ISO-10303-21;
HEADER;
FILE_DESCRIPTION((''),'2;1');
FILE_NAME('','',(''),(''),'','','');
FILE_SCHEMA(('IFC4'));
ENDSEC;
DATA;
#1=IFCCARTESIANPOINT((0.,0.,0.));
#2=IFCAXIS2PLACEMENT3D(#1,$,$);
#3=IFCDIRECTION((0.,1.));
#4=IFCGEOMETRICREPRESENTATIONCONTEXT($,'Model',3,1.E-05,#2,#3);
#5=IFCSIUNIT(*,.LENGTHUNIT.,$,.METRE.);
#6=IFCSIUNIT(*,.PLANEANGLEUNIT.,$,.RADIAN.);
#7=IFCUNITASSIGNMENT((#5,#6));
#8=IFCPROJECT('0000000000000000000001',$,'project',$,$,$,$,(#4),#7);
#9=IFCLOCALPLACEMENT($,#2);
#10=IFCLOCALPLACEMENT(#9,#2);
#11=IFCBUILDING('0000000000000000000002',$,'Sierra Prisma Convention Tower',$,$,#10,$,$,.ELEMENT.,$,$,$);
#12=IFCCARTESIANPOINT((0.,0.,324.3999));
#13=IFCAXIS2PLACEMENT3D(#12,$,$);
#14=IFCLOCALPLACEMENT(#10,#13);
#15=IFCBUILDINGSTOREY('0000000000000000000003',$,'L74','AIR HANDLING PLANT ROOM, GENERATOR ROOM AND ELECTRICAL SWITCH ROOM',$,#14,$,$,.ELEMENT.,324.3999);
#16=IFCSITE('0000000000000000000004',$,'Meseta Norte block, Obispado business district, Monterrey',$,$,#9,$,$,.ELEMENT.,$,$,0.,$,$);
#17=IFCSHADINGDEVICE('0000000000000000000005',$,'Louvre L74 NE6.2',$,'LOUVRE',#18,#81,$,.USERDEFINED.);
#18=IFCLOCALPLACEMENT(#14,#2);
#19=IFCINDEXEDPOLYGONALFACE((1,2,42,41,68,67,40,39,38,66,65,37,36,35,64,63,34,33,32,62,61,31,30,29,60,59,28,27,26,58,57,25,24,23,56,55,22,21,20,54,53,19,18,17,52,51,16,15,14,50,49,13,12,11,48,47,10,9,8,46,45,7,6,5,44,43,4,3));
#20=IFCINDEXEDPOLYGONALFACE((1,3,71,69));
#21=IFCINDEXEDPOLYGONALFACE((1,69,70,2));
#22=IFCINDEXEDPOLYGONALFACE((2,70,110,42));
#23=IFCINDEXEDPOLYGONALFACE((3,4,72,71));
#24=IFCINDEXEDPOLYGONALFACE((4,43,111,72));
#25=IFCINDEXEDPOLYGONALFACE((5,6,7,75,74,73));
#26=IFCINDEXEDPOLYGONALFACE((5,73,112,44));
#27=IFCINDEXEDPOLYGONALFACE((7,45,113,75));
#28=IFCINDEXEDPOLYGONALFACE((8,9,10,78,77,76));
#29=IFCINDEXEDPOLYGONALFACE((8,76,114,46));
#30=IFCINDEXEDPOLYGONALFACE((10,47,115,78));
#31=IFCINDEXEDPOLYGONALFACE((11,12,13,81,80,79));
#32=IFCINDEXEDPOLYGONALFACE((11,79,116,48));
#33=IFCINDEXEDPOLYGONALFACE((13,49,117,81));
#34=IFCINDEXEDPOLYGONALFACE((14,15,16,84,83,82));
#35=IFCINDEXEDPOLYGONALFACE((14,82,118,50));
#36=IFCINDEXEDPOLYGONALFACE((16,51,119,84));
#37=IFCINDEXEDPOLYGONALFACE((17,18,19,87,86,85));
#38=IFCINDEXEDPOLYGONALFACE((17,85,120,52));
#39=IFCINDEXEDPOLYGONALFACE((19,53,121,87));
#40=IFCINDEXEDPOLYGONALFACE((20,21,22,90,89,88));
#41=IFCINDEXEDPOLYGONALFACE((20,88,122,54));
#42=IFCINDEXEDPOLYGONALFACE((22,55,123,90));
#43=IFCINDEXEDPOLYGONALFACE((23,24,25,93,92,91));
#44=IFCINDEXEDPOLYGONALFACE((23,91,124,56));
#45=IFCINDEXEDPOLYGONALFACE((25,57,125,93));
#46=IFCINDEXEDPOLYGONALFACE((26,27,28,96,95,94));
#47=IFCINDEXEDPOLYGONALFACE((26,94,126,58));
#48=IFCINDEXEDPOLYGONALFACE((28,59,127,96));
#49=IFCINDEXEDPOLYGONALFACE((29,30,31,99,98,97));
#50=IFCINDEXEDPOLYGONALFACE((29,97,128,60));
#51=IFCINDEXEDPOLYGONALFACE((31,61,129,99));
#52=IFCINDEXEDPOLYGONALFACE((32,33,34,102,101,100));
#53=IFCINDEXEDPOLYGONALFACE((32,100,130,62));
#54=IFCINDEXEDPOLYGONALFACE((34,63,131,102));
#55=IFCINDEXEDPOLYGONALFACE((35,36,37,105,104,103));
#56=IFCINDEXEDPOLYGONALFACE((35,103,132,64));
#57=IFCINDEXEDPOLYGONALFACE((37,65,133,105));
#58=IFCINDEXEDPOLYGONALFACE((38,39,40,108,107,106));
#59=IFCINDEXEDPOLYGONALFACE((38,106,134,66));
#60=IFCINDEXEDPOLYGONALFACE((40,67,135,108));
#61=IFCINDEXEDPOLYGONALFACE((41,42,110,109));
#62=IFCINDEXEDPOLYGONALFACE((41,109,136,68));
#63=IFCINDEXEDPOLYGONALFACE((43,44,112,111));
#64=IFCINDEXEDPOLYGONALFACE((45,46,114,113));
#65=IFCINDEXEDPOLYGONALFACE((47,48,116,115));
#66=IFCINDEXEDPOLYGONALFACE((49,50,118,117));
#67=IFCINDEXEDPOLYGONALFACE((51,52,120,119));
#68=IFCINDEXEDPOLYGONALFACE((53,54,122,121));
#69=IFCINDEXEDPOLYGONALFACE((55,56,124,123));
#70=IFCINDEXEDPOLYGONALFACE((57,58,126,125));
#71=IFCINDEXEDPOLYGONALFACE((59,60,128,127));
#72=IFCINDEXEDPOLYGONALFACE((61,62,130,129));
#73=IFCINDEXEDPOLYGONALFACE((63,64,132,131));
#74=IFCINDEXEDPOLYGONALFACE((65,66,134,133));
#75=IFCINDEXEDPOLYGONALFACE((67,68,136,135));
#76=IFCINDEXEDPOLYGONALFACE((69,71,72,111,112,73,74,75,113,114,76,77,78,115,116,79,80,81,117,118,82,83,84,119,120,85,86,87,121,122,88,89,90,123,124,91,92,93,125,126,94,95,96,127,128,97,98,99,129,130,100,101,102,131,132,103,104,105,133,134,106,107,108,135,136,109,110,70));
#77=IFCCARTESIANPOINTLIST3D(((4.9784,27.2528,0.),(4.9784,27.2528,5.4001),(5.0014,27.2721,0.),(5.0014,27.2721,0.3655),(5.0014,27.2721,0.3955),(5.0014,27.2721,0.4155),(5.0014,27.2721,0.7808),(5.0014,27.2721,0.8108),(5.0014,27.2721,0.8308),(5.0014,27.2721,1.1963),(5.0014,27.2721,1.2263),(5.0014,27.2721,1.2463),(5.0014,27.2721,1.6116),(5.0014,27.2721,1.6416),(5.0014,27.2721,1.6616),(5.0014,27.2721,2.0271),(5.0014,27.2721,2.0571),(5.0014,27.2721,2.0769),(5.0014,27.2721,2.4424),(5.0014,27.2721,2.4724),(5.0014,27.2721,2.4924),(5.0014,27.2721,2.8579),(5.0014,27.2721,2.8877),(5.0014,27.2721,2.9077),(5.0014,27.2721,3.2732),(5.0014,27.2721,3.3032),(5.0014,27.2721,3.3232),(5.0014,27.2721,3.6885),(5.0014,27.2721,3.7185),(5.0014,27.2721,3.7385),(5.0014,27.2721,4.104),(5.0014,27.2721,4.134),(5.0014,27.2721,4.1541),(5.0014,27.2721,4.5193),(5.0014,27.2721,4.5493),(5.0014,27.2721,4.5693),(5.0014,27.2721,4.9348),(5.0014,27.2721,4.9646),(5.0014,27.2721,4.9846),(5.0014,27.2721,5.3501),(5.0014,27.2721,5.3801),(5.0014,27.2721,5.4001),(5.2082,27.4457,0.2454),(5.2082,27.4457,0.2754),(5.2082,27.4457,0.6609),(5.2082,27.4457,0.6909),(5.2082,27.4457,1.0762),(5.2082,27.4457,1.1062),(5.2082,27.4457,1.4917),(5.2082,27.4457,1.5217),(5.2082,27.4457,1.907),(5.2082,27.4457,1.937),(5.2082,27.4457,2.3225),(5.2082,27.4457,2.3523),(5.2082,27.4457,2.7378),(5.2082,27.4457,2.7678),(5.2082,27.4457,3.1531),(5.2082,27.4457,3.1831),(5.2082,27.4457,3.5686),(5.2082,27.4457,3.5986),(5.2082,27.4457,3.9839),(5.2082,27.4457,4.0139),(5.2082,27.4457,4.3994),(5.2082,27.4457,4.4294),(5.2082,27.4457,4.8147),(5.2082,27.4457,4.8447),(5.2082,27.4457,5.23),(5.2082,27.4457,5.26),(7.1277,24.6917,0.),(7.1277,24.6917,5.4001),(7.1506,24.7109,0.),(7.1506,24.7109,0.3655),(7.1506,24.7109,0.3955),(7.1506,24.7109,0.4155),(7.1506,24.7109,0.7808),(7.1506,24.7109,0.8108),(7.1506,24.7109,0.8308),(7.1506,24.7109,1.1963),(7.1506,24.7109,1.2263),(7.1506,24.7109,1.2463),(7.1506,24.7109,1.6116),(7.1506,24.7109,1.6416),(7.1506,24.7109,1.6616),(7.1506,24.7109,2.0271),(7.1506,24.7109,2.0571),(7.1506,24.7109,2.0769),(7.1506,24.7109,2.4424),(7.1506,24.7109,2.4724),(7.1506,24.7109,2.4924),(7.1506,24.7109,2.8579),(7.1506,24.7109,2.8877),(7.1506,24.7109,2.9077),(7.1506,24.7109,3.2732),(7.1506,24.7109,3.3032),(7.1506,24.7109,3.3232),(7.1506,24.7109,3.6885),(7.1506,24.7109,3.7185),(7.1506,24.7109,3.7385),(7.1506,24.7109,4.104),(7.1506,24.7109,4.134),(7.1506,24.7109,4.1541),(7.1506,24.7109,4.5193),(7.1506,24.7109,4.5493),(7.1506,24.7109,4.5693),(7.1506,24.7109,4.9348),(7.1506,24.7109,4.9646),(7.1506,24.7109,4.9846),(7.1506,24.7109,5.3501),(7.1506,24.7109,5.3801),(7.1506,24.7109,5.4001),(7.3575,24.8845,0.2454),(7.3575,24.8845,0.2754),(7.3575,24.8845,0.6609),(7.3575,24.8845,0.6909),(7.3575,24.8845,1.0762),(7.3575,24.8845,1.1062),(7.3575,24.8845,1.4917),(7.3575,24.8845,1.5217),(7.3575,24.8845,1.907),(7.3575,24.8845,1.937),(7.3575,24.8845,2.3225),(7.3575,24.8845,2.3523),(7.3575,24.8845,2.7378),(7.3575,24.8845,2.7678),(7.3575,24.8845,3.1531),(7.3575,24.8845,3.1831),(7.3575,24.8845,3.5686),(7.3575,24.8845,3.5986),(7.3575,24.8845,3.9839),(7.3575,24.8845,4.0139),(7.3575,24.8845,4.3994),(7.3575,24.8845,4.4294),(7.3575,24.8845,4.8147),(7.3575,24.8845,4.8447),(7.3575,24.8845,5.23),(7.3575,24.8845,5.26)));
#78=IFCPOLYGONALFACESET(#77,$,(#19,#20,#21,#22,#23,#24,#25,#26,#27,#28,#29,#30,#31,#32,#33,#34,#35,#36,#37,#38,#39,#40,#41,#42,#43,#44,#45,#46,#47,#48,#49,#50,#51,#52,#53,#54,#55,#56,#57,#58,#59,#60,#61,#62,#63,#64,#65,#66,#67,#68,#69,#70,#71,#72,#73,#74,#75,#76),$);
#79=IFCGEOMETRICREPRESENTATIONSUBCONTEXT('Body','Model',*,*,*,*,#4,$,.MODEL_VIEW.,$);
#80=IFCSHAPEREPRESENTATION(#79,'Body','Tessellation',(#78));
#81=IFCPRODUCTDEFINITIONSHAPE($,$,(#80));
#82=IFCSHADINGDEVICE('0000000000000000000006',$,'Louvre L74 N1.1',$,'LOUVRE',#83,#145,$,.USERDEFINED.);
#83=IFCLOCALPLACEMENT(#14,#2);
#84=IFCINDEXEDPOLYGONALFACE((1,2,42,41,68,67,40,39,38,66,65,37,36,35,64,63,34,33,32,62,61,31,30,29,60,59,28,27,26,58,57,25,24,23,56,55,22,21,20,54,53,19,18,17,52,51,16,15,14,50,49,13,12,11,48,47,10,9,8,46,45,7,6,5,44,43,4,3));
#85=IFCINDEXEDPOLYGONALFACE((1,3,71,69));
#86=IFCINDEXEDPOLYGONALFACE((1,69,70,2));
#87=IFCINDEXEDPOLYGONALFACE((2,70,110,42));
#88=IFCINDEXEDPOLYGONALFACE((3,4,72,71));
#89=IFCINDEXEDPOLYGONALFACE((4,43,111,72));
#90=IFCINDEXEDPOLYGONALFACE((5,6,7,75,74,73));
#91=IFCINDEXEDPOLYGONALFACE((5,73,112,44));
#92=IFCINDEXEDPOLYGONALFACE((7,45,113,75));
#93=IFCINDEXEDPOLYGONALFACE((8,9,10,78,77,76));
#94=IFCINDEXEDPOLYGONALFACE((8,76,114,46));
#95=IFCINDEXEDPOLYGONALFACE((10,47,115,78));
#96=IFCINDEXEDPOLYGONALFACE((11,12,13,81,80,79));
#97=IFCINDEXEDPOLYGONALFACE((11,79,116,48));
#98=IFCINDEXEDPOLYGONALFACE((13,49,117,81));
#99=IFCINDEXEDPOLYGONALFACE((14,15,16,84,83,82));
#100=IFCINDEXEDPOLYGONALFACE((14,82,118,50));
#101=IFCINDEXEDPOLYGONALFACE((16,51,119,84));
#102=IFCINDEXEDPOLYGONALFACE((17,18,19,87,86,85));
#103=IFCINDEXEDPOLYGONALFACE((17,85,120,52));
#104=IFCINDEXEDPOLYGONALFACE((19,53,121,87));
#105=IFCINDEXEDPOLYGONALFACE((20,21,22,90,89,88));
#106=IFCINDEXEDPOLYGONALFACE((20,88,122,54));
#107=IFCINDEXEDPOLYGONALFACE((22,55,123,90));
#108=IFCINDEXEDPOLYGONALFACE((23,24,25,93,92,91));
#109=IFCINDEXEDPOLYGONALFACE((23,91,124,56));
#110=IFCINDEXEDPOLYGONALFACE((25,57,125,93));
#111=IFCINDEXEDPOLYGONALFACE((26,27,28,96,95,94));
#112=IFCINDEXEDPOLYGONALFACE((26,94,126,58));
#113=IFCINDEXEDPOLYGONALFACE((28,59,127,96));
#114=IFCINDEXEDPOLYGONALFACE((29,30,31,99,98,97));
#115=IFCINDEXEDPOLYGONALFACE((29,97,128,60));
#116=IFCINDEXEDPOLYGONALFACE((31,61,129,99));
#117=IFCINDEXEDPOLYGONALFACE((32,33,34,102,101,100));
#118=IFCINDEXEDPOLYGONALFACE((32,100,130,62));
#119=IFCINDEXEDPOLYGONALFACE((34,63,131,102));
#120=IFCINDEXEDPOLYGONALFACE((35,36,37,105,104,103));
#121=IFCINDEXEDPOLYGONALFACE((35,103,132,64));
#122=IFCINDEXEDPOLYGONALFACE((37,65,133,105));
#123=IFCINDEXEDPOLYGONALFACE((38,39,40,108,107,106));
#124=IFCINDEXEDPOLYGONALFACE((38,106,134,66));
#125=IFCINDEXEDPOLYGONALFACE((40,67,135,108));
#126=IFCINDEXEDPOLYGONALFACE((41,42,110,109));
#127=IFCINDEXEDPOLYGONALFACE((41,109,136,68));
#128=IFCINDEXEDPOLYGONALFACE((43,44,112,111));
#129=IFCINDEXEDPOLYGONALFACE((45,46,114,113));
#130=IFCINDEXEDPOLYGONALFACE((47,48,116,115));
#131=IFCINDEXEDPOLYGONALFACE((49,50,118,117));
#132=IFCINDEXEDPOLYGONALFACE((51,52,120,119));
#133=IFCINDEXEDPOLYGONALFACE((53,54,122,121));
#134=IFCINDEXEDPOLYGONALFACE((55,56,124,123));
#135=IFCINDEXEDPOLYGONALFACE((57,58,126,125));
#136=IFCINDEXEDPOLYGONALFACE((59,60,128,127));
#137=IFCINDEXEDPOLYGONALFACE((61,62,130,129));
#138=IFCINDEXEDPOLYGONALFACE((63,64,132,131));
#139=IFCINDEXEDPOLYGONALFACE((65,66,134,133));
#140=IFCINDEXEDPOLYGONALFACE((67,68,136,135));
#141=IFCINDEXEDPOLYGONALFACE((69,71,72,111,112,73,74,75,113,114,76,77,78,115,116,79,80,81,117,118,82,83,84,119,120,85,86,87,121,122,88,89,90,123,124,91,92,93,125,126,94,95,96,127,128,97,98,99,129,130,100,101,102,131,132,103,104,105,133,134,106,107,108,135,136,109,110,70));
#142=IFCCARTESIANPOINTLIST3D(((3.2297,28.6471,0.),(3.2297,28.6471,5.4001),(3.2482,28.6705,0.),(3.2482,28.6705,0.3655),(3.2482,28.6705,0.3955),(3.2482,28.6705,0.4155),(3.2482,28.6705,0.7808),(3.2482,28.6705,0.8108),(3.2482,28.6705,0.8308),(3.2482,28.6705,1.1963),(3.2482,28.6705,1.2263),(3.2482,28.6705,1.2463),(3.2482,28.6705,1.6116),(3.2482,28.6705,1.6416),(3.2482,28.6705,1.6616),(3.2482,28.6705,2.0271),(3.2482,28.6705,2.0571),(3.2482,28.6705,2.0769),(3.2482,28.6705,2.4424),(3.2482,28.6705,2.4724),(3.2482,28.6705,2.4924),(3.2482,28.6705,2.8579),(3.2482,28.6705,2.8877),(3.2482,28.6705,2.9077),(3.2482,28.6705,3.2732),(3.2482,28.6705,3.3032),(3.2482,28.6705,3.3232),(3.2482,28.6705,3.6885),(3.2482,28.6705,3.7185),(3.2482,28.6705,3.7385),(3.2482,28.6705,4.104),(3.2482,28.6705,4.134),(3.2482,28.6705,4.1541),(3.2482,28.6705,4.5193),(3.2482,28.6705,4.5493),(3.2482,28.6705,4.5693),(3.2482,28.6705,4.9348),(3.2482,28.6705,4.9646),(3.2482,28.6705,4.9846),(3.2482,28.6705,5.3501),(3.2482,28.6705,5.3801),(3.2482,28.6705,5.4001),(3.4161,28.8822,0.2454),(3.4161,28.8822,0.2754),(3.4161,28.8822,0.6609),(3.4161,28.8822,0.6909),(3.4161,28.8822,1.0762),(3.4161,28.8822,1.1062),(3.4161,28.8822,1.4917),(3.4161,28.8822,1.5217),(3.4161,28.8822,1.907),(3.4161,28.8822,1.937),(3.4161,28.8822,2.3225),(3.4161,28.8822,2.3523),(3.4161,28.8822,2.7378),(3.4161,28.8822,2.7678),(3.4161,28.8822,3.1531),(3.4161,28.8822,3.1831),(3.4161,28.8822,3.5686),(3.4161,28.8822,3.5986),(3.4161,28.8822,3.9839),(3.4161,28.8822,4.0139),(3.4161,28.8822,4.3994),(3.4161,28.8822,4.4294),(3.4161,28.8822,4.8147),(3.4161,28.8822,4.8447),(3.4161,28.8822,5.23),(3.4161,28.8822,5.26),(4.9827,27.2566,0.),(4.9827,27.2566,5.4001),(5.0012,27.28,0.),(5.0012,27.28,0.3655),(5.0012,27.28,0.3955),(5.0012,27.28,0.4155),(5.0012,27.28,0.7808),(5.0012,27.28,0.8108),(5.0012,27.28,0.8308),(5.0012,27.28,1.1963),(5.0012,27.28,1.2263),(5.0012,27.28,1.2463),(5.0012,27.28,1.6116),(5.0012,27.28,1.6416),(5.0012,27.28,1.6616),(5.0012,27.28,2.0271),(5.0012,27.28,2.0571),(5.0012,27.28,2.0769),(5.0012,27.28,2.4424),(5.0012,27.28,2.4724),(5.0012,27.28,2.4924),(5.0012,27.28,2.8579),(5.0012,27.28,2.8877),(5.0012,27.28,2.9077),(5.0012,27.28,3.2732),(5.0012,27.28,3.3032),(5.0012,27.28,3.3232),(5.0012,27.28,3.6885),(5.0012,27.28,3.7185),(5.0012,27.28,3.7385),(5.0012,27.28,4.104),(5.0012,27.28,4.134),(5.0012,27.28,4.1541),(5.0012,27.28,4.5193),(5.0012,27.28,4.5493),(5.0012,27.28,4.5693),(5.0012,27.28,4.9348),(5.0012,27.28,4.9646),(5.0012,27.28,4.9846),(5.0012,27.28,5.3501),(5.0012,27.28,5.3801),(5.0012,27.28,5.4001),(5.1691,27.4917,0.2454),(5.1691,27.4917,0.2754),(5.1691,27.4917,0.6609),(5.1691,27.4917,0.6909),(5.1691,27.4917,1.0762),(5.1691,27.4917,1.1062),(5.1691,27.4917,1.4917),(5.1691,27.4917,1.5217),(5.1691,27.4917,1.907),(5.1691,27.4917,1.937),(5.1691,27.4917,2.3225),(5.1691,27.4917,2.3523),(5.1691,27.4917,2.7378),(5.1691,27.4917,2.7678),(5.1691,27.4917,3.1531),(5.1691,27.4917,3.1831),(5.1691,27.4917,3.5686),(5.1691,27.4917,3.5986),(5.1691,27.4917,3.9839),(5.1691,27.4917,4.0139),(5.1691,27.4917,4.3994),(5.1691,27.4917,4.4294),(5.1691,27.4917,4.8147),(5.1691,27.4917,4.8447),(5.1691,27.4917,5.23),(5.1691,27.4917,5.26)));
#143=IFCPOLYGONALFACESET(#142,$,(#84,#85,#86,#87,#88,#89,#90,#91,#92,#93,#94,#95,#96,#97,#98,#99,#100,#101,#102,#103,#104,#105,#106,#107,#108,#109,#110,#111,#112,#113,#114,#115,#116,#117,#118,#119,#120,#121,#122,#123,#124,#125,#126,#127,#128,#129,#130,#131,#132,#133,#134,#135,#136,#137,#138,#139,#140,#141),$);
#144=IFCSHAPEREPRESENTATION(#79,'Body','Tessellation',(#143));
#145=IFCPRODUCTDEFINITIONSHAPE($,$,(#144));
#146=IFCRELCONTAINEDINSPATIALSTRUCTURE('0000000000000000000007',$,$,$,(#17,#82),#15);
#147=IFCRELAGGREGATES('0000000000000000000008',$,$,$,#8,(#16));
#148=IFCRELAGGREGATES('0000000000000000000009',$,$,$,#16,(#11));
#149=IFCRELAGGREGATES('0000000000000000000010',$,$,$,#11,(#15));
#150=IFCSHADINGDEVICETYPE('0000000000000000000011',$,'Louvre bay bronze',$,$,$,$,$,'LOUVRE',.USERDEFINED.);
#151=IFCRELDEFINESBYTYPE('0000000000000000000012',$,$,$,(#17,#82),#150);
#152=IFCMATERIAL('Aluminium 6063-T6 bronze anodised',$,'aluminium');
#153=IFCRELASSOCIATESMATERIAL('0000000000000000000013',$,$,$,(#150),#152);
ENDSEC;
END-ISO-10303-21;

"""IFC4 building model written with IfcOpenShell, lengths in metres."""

from ifc_helpers import new_model, si_unit, direction, frame, origin, place, context, subcontext, project, spatial, polyline, outline, extrude, material, type_object, element, save


model = new_model("IFC4")

# Units and contexts
model_context = context("Model", 3, precision=1e-05, world=origin(), true_north=direction((0.0, 1.0)))
body_context = subcontext(model_context, "Body", "Model", "MODEL_VIEW")
ifc_project = project(units=[si_unit("LENGTHUNIT", "METRE"), si_unit("PLANEANGLEUNIT", "RADIAN")], contexts=[model_context])

# Site, building, storey
site_placement = place(None, origin())
site = spatial("IfcSite", under=ifc_project, at=site_placement, Name="Meseta Norte block, Obispado business district, Monterrey", CompositionType="ELEMENT", RefElevation=0.0)
building_placement = place(site_placement, origin())
building = spatial("IfcBuilding", under=site, at=building_placement, Name="Sierra Prisma Convention Tower", CompositionType="ELEMENT")
storey_placement = place(building_placement, frame((0.0, 0.0, 324.3999)))
storey = spatial("IfcBuildingStorey", under=building, at=storey_placement, Name="L74", Description="AIR HANDLING PLANT ROOM, GENERATOR ROOM AND ELECTRICAL SWITCH ROOM", CompositionType="ELEMENT", Elevation=324.3999)

# Shading devices
ifc_material_1 = material(Name="Aluminium 6063-T6 bronze anodised", Category="aluminium")
shading_device_type = type_object("IfcShadingDeviceType", Name="Louvre bay bronze", ElementType="LOUVRE", PredefinedType="USERDEFINED", material=ifc_material_1)
shading_device_1_placement = place(storey_placement, frame((7.1277, 24.6917, 0.0), z_axis=(0.642823, -0.766015, 0.0), x_axis=(0.0, 0.0, 1.0)))
element("IfcShadingDevice", 1, at=shading_device_1_placement, inside=storey, type_object=shading_device_type, Name="Louvre L74 NE6.2", ObjectType="LOUVRE", PredefinedType="USERDEFINED", context=body_context, shape_type="SweptSolid", body=[
    extrude(outline(polyline([(0.0, 0.0), (5.4001, 0.0), (5.4001, -0.03), (5.3801, -0.03), (5.26, -0.3), (5.23, -0.3), (5.3501, -0.03), (4.9846, -0.03), (4.9646, -0.03), (4.8447, -0.3), (4.8147, -0.3), (4.9348, -0.03), (4.5693, -0.03), (4.5493, -0.03), (4.4294, -0.3), (4.3994, -0.3), (4.5193, -0.03), (4.1541, -0.03), (4.134, -0.03), (4.0139, -0.3), (3.9839, -0.3), (4.104, -0.03), (3.7385, -0.03), (3.7185, -0.03), (3.5986, -0.3), (3.5686, -0.3), (3.6885, -0.03), (3.3232, -0.03), (3.3032, -0.03), (3.1831, -0.3), (3.1531, -0.3), (3.2732, -0.03), (2.9077, -0.03), (2.8877, -0.03), (2.7678, -0.3), (2.7378, -0.3), (2.8579, -0.03), (2.4924, -0.03), (2.4724, -0.03), (2.3523, -0.3), (2.3225, -0.3), (2.4424, -0.03), (2.0769, -0.03), (2.0571, -0.03), (1.937, -0.3), (1.907, -0.3), (2.0271, -0.03), (1.6616, -0.03), (1.6416, -0.03), (1.5217, -0.3), (1.4917, -0.3), (1.6116, -0.03), (1.2463, -0.03), (1.2263, -0.03), (1.1062, -0.3), (1.0762, -0.3), (1.1963, -0.03), (0.8308, -0.03), (0.8108, -0.03), (0.6909, -0.3), (0.6609, -0.3), (0.7808, -0.03), (0.4155, -0.03), (0.3955, -0.03), (0.2754, -0.3), (0.2454, -0.3), (0.3655, -0.03), (0.0, -0.03), (0.0, 0.0)])), origin(), (0.0, 0.0, -1.0), 3.3435),
])
shading_device_2_placement = place(storey_placement, frame((4.9827, 27.2566, 0.0), z_axis=(0.783452, -0.621452, 0.0), x_axis=(0.0, 0.0, 1.0)))
element("IfcShadingDevice", 2, at=shading_device_2_placement, inside=storey, type_object=shading_device_type, Name="Louvre L74 N1.1", ObjectType="LOUVRE", PredefinedType="USERDEFINED", context=body_context, shape_type="SweptSolid", body=[
    extrude(outline(polyline([(0.0, 0.0), (5.4001, 0.0), (5.4001, -0.0299), (5.3801, -0.0299), (5.26, -0.3001), (5.23, -0.3001), (5.3501, -0.0299), (4.9846, -0.0299), (4.9646, -0.0299), (4.8447, -0.3001), (4.8147, -0.3001), (4.9348, -0.0299), (4.5693, -0.0299), (4.5493, -0.0299), (4.4294, -0.3001), (4.3994, -0.3001), (4.5193, -0.0299), (4.1541, -0.0299), (4.134, -0.0299), (4.0139, -0.3001), (3.9839, -0.3001), (4.104, -0.0299), (3.7385, -0.0299), (3.7185, -0.0299), (3.5986, -0.3001), (3.5686, -0.3001), (3.6885, -0.0299), (3.3232, -0.0299), (3.3032, -0.0299), (3.1831, -0.3001), (3.1531, -0.3001), (3.2732, -0.0299), (2.9077, -0.0299), (2.8877, -0.0299), (2.7678, -0.3001), (2.7378, -0.3001), (2.8579, -0.0299), (2.4924, -0.0299), (2.4724, -0.0299), (2.3523, -0.3001), (2.3225, -0.3001), (2.4424, -0.0299), (2.0769, -0.0299), (2.0571, -0.0299), (1.937, -0.3001), (1.907, -0.3001), (2.0271, -0.0299), (1.6616, -0.0299), (1.6416, -0.0299), (1.5217, -0.3001), (1.4917, -0.3001), (1.6116, -0.0299), (1.2463, -0.0299), (1.2263, -0.0299), (1.1062, -0.3001), (1.0762, -0.3001), (1.1963, -0.0299), (0.8308, -0.0299), (0.8108, -0.0299), (0.6909, -0.3001), (0.6609, -0.3001), (0.7808, -0.0299), (0.4155, -0.0299), (0.3955, -0.0299), (0.2754, -0.3001), (0.2454, -0.3001), (0.3655, -0.0299), (0.0, -0.0299), (0.0, 0.0)])), origin(), (0.0, 0.0, -1.0), 2.2375),
])

save(model, "model.ifc")
